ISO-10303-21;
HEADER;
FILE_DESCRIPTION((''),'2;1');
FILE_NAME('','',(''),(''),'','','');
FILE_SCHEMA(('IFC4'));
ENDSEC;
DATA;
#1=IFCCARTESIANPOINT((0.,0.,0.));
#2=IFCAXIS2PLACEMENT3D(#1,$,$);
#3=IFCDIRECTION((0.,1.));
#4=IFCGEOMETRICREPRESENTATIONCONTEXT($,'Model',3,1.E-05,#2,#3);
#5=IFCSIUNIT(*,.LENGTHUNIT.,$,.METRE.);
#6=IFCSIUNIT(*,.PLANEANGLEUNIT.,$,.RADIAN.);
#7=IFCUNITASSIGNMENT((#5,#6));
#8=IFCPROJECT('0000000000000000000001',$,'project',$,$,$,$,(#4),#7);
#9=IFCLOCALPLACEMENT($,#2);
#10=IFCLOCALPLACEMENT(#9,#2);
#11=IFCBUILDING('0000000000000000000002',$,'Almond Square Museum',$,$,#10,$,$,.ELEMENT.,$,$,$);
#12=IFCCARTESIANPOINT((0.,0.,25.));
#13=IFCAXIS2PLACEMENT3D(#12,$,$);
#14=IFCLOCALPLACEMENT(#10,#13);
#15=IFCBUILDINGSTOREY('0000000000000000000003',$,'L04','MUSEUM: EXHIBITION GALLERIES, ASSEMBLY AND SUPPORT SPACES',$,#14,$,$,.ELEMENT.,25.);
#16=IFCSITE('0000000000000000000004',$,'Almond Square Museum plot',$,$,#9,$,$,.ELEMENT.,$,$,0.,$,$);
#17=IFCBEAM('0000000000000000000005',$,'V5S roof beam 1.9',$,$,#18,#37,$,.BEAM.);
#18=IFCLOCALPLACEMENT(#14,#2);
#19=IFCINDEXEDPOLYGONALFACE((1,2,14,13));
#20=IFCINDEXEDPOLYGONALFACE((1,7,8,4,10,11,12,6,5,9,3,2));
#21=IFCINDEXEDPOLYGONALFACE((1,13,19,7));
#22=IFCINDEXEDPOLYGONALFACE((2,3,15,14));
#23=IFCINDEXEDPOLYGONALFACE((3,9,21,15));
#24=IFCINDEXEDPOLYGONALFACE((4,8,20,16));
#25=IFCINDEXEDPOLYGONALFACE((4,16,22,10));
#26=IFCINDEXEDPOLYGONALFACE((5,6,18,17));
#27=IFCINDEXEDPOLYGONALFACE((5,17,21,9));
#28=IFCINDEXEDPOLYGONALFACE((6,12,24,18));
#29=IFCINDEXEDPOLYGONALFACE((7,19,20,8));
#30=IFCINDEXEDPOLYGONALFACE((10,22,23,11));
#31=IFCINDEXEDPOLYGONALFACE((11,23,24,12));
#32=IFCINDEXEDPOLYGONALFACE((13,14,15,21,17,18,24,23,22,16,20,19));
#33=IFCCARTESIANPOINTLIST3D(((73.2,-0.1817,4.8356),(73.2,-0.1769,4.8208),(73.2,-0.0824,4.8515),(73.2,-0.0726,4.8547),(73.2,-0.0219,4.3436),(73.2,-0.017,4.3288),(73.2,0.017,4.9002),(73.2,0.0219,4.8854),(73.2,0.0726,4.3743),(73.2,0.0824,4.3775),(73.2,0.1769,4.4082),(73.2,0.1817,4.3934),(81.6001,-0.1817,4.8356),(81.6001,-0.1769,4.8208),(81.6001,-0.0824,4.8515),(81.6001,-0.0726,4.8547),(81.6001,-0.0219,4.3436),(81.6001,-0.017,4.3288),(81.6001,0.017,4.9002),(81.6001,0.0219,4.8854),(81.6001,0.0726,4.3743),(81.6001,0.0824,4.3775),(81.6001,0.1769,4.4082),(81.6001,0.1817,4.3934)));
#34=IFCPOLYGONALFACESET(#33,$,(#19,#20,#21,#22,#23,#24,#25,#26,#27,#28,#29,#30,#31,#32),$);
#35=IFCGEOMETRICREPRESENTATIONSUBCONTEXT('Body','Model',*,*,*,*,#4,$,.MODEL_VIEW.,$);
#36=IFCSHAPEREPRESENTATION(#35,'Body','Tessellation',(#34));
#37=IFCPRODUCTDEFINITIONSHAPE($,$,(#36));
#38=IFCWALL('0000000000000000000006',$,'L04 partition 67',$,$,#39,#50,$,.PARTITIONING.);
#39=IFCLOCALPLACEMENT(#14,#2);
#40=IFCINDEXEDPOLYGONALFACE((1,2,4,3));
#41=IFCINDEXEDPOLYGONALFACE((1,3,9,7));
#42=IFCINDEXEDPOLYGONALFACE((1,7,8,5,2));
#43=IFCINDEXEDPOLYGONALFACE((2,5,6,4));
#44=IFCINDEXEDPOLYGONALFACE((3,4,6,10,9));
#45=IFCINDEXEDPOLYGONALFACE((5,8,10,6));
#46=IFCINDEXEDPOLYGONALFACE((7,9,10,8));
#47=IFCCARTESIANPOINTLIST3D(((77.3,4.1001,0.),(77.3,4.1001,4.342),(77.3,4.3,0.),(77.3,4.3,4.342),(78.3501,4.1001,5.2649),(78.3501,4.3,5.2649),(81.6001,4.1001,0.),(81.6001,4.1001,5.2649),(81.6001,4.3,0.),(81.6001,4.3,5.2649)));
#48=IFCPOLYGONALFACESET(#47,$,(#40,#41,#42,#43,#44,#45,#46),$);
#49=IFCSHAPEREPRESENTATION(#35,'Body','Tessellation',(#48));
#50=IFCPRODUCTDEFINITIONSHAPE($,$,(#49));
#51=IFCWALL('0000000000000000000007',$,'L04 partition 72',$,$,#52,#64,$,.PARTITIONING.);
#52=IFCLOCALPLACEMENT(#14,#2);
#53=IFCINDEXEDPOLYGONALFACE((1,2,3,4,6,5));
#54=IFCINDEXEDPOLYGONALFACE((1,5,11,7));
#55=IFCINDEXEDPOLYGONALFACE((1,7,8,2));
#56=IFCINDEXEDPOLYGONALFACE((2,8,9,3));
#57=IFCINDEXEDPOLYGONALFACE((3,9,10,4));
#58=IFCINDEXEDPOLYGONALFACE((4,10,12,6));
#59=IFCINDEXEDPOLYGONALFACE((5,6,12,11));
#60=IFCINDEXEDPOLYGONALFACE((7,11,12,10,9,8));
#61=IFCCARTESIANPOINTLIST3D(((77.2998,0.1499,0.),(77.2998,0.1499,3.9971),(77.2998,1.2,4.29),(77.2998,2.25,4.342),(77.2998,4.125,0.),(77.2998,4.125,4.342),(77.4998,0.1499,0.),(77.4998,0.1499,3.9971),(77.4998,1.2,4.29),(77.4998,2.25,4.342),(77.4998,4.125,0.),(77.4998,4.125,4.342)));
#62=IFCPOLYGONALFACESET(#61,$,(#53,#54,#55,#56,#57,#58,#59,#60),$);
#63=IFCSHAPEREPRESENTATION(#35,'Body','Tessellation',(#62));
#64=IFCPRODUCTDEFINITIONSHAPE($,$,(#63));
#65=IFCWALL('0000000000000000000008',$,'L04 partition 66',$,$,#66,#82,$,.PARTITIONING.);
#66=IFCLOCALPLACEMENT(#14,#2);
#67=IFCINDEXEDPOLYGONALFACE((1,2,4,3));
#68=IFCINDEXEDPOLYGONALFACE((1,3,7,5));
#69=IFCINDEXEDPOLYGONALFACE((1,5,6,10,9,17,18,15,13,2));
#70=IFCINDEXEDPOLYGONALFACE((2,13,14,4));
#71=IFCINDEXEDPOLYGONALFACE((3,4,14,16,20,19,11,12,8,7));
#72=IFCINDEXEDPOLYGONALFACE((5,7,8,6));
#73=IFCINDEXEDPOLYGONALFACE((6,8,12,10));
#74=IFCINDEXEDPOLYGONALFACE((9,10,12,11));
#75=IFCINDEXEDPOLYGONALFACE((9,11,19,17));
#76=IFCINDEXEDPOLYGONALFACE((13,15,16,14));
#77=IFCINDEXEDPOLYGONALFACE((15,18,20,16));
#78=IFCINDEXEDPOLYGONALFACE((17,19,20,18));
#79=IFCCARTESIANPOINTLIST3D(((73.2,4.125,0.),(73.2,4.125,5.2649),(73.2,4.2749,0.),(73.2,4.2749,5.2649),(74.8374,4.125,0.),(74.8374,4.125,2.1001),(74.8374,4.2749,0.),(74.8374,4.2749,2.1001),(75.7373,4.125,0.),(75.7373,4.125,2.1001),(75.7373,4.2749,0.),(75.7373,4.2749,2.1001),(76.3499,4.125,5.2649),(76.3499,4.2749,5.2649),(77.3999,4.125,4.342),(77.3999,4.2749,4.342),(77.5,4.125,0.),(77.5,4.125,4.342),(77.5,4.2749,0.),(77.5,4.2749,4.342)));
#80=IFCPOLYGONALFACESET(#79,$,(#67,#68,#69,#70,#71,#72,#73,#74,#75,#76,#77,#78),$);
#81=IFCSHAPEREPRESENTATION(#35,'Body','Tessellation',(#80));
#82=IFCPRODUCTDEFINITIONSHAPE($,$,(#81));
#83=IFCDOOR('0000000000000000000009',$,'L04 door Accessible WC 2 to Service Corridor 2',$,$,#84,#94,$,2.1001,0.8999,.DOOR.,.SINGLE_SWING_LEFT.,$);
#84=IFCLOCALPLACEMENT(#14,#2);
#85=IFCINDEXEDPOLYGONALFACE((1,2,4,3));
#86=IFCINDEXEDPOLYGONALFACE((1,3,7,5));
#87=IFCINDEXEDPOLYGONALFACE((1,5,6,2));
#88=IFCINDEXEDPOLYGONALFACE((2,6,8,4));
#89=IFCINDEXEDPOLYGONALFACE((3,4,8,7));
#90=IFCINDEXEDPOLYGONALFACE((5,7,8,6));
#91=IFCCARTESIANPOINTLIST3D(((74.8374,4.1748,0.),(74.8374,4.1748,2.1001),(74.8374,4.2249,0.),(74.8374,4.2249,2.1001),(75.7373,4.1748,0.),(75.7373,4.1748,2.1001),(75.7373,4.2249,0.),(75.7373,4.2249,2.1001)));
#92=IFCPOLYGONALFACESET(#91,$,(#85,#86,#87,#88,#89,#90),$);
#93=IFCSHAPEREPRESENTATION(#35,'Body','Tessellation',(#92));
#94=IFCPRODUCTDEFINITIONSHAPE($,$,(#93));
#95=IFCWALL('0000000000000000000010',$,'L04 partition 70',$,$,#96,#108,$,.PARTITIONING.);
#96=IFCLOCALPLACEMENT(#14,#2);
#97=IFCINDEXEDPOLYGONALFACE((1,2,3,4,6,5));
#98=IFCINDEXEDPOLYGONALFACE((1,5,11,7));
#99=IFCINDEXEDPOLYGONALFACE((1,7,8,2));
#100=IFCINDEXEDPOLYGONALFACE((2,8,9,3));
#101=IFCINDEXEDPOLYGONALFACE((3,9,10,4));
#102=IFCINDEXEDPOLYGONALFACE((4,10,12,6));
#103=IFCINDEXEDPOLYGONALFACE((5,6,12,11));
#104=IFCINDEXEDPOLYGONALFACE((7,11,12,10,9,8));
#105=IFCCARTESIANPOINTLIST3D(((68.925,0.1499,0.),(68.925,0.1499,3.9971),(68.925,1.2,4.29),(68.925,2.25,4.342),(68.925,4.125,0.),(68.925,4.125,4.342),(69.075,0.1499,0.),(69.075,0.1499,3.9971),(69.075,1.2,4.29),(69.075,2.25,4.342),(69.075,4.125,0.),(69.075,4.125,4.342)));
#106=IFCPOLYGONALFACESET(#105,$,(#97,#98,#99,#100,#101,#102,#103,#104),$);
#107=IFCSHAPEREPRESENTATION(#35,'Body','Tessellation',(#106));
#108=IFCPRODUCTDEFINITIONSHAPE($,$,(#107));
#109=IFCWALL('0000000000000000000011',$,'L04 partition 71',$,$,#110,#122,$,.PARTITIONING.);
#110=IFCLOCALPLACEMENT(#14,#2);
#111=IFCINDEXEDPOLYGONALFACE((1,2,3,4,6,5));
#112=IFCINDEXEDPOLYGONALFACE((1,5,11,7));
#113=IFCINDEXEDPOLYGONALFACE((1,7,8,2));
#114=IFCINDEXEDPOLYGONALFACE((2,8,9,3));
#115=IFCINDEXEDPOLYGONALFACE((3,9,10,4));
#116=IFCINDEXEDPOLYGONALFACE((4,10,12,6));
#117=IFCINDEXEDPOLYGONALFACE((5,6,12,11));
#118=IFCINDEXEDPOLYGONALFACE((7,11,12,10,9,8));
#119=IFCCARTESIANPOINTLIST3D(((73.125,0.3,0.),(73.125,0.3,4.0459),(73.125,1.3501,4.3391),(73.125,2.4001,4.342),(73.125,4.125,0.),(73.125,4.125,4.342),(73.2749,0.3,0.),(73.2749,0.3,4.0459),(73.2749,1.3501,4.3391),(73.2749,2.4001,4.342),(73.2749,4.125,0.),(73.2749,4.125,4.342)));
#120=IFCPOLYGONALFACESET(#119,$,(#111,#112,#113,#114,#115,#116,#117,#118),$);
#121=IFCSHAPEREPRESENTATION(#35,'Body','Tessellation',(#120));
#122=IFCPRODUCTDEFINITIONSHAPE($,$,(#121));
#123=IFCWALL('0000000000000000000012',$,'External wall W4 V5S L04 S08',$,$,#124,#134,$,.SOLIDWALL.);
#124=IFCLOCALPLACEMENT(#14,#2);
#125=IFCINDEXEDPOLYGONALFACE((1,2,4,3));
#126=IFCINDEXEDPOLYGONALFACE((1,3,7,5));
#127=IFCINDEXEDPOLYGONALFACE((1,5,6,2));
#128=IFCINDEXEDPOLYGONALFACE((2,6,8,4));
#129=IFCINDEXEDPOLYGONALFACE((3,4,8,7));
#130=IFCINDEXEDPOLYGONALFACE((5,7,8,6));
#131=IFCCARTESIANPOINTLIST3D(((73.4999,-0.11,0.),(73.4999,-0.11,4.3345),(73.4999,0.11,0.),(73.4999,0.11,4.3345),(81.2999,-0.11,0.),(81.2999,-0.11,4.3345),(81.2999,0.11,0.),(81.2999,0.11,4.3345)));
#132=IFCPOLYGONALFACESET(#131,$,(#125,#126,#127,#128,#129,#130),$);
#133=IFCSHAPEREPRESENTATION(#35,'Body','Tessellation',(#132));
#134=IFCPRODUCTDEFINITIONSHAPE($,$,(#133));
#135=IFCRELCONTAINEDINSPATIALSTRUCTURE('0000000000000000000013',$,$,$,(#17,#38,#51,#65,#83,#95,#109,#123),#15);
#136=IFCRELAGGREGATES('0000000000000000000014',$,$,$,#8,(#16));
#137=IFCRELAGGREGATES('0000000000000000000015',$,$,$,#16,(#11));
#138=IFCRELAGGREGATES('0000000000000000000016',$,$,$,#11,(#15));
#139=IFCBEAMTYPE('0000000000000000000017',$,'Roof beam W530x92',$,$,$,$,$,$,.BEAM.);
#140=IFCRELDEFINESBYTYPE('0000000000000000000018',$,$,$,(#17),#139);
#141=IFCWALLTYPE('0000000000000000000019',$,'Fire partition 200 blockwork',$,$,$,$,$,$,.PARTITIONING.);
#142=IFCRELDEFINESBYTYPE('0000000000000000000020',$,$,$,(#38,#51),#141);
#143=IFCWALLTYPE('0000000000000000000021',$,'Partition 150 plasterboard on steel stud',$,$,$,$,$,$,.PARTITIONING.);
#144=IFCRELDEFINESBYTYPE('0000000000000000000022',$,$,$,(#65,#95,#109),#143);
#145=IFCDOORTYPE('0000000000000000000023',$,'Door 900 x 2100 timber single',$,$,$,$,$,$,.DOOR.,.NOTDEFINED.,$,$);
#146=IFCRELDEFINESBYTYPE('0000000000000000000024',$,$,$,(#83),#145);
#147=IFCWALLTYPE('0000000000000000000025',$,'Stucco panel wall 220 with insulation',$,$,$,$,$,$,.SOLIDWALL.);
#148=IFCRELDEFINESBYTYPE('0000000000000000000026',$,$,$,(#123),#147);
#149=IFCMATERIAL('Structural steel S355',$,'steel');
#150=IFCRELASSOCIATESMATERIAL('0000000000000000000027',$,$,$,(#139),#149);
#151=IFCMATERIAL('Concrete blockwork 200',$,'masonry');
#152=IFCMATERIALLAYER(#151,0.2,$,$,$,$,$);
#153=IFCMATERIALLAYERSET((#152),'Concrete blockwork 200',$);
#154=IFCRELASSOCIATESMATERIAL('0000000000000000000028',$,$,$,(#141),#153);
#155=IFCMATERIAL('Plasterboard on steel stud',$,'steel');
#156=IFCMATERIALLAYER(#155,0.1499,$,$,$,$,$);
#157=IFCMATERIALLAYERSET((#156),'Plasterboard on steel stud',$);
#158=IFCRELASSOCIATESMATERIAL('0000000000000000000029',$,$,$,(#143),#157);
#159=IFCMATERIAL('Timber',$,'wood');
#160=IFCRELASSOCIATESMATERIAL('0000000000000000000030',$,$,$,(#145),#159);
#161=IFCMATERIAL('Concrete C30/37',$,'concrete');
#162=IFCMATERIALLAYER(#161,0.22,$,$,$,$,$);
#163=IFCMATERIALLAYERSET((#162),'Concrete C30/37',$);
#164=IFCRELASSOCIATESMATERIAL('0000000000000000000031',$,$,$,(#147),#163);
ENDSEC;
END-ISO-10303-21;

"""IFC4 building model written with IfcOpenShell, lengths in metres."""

from ifc_helpers import new_model, si_unit, direction, frame, frame_2d, origin, origin_2d, place, context, subcontext, project, spatial, polyline, rectangle, i_section, outline, extrude, material, layer, layer_set, material_profile, profile_set, type_object, element, fill, save


model = new_model("IFC4")

# Units and contexts
model_context = context("Model", 3, precision=1e-05, world=origin(), true_north=direction((0.0, 1.0)))
body_context = subcontext(model_context, "Body", "Model", "MODEL_VIEW")
ifc_project = project(units=[si_unit("LENGTHUNIT", "METRE"), si_unit("PLANEANGLEUNIT", "RADIAN")], contexts=[model_context])

# Site, building, storey
site_placement = place(None, origin())
site = spatial("IfcSite", under=ifc_project, at=site_placement, Name="Almond Square Museum plot", CompositionType="ELEMENT", RefElevation=0.0)
building_placement = place(site_placement, origin())
building = spatial("IfcBuilding", under=site, at=building_placement, Name="Almond Square Museum", CompositionType="ELEMENT")
storey_placement = place(building_placement, frame((0.0, 0.0, 25.0)))
storey = spatial("IfcBuildingStorey", under=building, at=storey_placement, Name="L04", Description="MUSEUM: EXHIBITION GALLERIES, ASSEMBLY AND SUPPORT SPACES", CompositionType="ELEMENT", Elevation=25.0)

# Beam
ifc_material_1 = material(Name="Structural steel S355", Category="steel")
ifc_material_profile_1 = material_profile(ifc_material_1, i_section(OverallWidth=0.209, OverallDepth=0.533, WebThickness=0.0103, FlangeThickness=0.0156, at=origin_2d()))
ifc_profile_set_1 = profile_set([ifc_material_profile_1], Name="Structural steel S355")
beam_type_1 = type_object("IfcBeamType", Name="Roof beam W530x92", PredefinedType="BEAM", material=ifc_profile_set_1)
beam_1_placement = place(storey_placement, frame((73.2, 0.0, 4.6145), z_axis=(1.0, 0.0, 0.0), x_axis=(0.0, 0.951057, 0.309017)))
element("IfcBeam", 1, at=beam_1_placement, inside=storey, type_object=beam_type_1, Name="V5S roof beam 1.9", PredefinedType="BEAM", context=body_context, shape_type="SweptSolid", body=[
    extrude(i_section(OverallWidth=0.209, OverallDepth=0.533, WebThickness=0.0103, FlangeThickness=0.0156, at=origin_2d()), origin(), (0.0, 0.0, 1.0), 8.4001),
])

# Walls
ifc_material_2 = material(Name="Concrete blockwork 200", Category="masonry")
ifc_layer_1 = layer(ifc_material_2, 0.2)
ifc_layer_set_1 = layer_set([ifc_layer_1], Name="Concrete blockwork 200")
wall_type_1 = type_object("IfcWallType", Name="Fire partition 200 blockwork", PredefinedType="PARTITIONING", material=ifc_layer_set_1)
wall_1_placement = place(storey_placement, frame((77.3, 4.2, 0.0), z_axis=(0.0, 0.0, 1.0), x_axis=(1.0, 0.0, 0.0)))
element("IfcWall", 2, at=wall_1_placement, inside=storey, type_object=wall_type_1, Name="L04 partition 67", PredefinedType="PARTITIONING", context=body_context, shape_type="SweptSolid", body=[
    extrude(outline(polyline([(0.0, 0.0), (4.3, 0.0), (4.3, 5.2649), (1.05, 5.2649), (0.0, 4.342), (0.0, 0.0)])), frame((0.0, 0.1001, 0.0), z_axis=(0.0, -1.0, 0.0), x_axis=(1.0, 0.0, 0.0)), (0.0, 0.0, 1.0), 0.2),
])
wall_2_placement = place(storey_placement, frame((77.3999, 0.1499, 0.0), z_axis=(0.0, 0.0, 1.0), x_axis=(0.0, 1.0, 0.0)))
element("IfcWall", 3, at=wall_2_placement, inside=storey, type_object=wall_type_1, Name="L04 partition 72", PredefinedType="PARTITIONING", context=body_context, shape_type="SweptSolid", body=[
    extrude(outline(polyline([(0.0, 0.0), (3.9751, 0.0), (3.9751, 4.342), (2.1001, 4.342), (1.05, 4.29), (0.0, 3.9971), (0.0, 0.0)])), frame((0.0, 0.1001, 0.0), z_axis=(0.0, -1.0, 0.0), x_axis=(1.0, 0.0, 0.0)), (0.0, 0.0, 1.0), 0.2),
])

# Wall, opening, door
ifc_material_3 = material(Name="Plasterboard on steel stud", Category="steel")
ifc_layer_2 = layer(ifc_material_3, 0.1499)
ifc_layer_set_2 = layer_set([ifc_layer_2], Name="Plasterboard on steel stud")
wall_type_2 = type_object("IfcWallType", Name="Partition 150 plasterboard on steel stud", PredefinedType="PARTITIONING", material=ifc_layer_set_2)
wall_3_placement = place(storey_placement, frame((73.2, 4.2, 0.0), z_axis=(0.0, 0.0, 1.0), x_axis=(1.0, 0.0, 0.0)))
wall_3 = element("IfcWall", 4, at=wall_3_placement, inside=storey, type_object=wall_type_2, Name="L04 partition 66", PredefinedType="PARTITIONING", context=body_context, shape_type="SweptSolid", body=[
    extrude(outline(polyline([(0.0, 0.0), (4.3, 0.0), (4.3, 4.342), (4.2, 4.342), (3.1499, 5.2649), (0.0, 5.2649), (0.0, 0.0)])), frame((0.0, 0.075, 0.0), z_axis=(0.0, -1.0, 0.0), x_axis=(1.0, 0.0, 0.0)), (0.0, 0.0, 1.0), 0.1499),
])
opening_placement = place(wall_3_placement, frame((1.6375, 0.0, 0.0)))
opening = element("IfcOpeningElement", 5, at=opening_placement, cuts=wall_3, PredefinedType="OPENING", context=body_context, shape_type="SweptSolid", body=[
    extrude(rectangle(XDim=0.8999, YDim=2.1001, at=frame_2d((0.45, 1.05))), frame((0.0, 0.085, 0.0), z_axis=(0.0, -1.0, 0.0), x_axis=(1.0, 0.0, 0.0)), (0.0, 0.0, 1.0), 0.1699),
])
ifc_material_4 = material(Name="Timber", Category="wood")
door_type = type_object("IfcDoorType", Name="Door 900 x 2100 timber single", OperationType="NOTDEFINED", PredefinedType="DOOR", material=ifc_material_4)
door_placement = place(opening_placement, origin())
door = element("IfcDoor", 6, at=door_placement, inside=storey, type_object=door_type, Name="L04 door Accessible WC 2 to Service Corridor 2", OperationType="SINGLE_SWING_LEFT", OverallHeight=2.1001, OverallWidth=0.8999, PredefinedType="DOOR", context=body_context, shape_type="SweptSolid", body=[
    extrude(rectangle(XDim=0.8999, YDim=2.1001, at=frame_2d((0.45, 1.05))), frame((0.0, 0.0249, 0.0), z_axis=(0.0, -1.0, 0.0), x_axis=(1.0, 0.0, 0.0)), (0.0, 0.0, 1.0), 0.05),
])
fill(opening, door)

# Walls
wall_4_placement = place(storey_placement, frame((69.0, 0.1499, 0.0), z_axis=(0.0, 0.0, 1.0), x_axis=(0.0, 1.0, 0.0)))
element("IfcWall", 7, at=wall_4_placement, inside=storey, type_object=wall_type_2, Name="L04 partition 70", PredefinedType="PARTITIONING", context=body_context, shape_type="SweptSolid", body=[
    extrude(outline(polyline([(0.0, 0.0), (3.9751, 0.0), (3.9751, 4.342), (2.1001, 4.342), (1.05, 4.29), (0.0, 3.9971), (0.0, 0.0)])), frame((0.0, 0.075, 0.0), z_axis=(0.0, -1.0, 0.0), x_axis=(1.0, 0.0, 0.0)), (0.0, 0.0, 1.0), 0.1499),
])
wall_5_placement = place(storey_placement, frame((73.2, 0.3, 0.0), z_axis=(0.0, 0.0, 1.0), x_axis=(0.0, 1.0, 0.0)))
element("IfcWall", 8, at=wall_5_placement, inside=storey, type_object=wall_type_2, Name="L04 partition 71", PredefinedType="PARTITIONING", context=body_context, shape_type="SweptSolid", body=[
    extrude(outline(polyline([(0.0, 0.0), (3.825, 0.0), (3.825, 4.342), (2.1001, 4.342), (1.05, 4.3391), (0.0, 4.0459), (0.0, 0.0)])), frame((0.0, 0.075, 0.0), z_axis=(0.0, -1.0, 0.0), x_axis=(1.0, 0.0, 0.0)), (0.0, 0.0, 1.0), 0.1499),
])
ifc_material_5 = material(Name="Concrete C30/37", Category="concrete")
ifc_layer_3 = layer(ifc_material_5, 0.22)
ifc_layer_set_3 = layer_set([ifc_layer_3], Name="Concrete C30/37")
wall_type_3 = type_object("IfcWallType", Name="Stucco panel wall 220 with insulation", PredefinedType="SOLIDWALL", material=ifc_layer_set_3)
wall_6_placement = place(storey_placement, frame((73.5, 0.0, 0.0), z_axis=(0.0, 0.0, 1.0), x_axis=(1.0, 0.0, 0.0)))
element("IfcWall", 9, at=wall_6_placement, inside=storey, type_object=wall_type_3, Name="External wall W4 V5S L04 S08", PredefinedType="SOLIDWALL", context=body_context, shape_type="SweptSolid", body=[
    extrude(rectangle(XDim=7.8, YDim=0.22, at=frame_2d((3.8999, 0.0))), origin(), (0.0, 0.0, 1.0), 4.3345),
])

save(model, "model.ifc")
